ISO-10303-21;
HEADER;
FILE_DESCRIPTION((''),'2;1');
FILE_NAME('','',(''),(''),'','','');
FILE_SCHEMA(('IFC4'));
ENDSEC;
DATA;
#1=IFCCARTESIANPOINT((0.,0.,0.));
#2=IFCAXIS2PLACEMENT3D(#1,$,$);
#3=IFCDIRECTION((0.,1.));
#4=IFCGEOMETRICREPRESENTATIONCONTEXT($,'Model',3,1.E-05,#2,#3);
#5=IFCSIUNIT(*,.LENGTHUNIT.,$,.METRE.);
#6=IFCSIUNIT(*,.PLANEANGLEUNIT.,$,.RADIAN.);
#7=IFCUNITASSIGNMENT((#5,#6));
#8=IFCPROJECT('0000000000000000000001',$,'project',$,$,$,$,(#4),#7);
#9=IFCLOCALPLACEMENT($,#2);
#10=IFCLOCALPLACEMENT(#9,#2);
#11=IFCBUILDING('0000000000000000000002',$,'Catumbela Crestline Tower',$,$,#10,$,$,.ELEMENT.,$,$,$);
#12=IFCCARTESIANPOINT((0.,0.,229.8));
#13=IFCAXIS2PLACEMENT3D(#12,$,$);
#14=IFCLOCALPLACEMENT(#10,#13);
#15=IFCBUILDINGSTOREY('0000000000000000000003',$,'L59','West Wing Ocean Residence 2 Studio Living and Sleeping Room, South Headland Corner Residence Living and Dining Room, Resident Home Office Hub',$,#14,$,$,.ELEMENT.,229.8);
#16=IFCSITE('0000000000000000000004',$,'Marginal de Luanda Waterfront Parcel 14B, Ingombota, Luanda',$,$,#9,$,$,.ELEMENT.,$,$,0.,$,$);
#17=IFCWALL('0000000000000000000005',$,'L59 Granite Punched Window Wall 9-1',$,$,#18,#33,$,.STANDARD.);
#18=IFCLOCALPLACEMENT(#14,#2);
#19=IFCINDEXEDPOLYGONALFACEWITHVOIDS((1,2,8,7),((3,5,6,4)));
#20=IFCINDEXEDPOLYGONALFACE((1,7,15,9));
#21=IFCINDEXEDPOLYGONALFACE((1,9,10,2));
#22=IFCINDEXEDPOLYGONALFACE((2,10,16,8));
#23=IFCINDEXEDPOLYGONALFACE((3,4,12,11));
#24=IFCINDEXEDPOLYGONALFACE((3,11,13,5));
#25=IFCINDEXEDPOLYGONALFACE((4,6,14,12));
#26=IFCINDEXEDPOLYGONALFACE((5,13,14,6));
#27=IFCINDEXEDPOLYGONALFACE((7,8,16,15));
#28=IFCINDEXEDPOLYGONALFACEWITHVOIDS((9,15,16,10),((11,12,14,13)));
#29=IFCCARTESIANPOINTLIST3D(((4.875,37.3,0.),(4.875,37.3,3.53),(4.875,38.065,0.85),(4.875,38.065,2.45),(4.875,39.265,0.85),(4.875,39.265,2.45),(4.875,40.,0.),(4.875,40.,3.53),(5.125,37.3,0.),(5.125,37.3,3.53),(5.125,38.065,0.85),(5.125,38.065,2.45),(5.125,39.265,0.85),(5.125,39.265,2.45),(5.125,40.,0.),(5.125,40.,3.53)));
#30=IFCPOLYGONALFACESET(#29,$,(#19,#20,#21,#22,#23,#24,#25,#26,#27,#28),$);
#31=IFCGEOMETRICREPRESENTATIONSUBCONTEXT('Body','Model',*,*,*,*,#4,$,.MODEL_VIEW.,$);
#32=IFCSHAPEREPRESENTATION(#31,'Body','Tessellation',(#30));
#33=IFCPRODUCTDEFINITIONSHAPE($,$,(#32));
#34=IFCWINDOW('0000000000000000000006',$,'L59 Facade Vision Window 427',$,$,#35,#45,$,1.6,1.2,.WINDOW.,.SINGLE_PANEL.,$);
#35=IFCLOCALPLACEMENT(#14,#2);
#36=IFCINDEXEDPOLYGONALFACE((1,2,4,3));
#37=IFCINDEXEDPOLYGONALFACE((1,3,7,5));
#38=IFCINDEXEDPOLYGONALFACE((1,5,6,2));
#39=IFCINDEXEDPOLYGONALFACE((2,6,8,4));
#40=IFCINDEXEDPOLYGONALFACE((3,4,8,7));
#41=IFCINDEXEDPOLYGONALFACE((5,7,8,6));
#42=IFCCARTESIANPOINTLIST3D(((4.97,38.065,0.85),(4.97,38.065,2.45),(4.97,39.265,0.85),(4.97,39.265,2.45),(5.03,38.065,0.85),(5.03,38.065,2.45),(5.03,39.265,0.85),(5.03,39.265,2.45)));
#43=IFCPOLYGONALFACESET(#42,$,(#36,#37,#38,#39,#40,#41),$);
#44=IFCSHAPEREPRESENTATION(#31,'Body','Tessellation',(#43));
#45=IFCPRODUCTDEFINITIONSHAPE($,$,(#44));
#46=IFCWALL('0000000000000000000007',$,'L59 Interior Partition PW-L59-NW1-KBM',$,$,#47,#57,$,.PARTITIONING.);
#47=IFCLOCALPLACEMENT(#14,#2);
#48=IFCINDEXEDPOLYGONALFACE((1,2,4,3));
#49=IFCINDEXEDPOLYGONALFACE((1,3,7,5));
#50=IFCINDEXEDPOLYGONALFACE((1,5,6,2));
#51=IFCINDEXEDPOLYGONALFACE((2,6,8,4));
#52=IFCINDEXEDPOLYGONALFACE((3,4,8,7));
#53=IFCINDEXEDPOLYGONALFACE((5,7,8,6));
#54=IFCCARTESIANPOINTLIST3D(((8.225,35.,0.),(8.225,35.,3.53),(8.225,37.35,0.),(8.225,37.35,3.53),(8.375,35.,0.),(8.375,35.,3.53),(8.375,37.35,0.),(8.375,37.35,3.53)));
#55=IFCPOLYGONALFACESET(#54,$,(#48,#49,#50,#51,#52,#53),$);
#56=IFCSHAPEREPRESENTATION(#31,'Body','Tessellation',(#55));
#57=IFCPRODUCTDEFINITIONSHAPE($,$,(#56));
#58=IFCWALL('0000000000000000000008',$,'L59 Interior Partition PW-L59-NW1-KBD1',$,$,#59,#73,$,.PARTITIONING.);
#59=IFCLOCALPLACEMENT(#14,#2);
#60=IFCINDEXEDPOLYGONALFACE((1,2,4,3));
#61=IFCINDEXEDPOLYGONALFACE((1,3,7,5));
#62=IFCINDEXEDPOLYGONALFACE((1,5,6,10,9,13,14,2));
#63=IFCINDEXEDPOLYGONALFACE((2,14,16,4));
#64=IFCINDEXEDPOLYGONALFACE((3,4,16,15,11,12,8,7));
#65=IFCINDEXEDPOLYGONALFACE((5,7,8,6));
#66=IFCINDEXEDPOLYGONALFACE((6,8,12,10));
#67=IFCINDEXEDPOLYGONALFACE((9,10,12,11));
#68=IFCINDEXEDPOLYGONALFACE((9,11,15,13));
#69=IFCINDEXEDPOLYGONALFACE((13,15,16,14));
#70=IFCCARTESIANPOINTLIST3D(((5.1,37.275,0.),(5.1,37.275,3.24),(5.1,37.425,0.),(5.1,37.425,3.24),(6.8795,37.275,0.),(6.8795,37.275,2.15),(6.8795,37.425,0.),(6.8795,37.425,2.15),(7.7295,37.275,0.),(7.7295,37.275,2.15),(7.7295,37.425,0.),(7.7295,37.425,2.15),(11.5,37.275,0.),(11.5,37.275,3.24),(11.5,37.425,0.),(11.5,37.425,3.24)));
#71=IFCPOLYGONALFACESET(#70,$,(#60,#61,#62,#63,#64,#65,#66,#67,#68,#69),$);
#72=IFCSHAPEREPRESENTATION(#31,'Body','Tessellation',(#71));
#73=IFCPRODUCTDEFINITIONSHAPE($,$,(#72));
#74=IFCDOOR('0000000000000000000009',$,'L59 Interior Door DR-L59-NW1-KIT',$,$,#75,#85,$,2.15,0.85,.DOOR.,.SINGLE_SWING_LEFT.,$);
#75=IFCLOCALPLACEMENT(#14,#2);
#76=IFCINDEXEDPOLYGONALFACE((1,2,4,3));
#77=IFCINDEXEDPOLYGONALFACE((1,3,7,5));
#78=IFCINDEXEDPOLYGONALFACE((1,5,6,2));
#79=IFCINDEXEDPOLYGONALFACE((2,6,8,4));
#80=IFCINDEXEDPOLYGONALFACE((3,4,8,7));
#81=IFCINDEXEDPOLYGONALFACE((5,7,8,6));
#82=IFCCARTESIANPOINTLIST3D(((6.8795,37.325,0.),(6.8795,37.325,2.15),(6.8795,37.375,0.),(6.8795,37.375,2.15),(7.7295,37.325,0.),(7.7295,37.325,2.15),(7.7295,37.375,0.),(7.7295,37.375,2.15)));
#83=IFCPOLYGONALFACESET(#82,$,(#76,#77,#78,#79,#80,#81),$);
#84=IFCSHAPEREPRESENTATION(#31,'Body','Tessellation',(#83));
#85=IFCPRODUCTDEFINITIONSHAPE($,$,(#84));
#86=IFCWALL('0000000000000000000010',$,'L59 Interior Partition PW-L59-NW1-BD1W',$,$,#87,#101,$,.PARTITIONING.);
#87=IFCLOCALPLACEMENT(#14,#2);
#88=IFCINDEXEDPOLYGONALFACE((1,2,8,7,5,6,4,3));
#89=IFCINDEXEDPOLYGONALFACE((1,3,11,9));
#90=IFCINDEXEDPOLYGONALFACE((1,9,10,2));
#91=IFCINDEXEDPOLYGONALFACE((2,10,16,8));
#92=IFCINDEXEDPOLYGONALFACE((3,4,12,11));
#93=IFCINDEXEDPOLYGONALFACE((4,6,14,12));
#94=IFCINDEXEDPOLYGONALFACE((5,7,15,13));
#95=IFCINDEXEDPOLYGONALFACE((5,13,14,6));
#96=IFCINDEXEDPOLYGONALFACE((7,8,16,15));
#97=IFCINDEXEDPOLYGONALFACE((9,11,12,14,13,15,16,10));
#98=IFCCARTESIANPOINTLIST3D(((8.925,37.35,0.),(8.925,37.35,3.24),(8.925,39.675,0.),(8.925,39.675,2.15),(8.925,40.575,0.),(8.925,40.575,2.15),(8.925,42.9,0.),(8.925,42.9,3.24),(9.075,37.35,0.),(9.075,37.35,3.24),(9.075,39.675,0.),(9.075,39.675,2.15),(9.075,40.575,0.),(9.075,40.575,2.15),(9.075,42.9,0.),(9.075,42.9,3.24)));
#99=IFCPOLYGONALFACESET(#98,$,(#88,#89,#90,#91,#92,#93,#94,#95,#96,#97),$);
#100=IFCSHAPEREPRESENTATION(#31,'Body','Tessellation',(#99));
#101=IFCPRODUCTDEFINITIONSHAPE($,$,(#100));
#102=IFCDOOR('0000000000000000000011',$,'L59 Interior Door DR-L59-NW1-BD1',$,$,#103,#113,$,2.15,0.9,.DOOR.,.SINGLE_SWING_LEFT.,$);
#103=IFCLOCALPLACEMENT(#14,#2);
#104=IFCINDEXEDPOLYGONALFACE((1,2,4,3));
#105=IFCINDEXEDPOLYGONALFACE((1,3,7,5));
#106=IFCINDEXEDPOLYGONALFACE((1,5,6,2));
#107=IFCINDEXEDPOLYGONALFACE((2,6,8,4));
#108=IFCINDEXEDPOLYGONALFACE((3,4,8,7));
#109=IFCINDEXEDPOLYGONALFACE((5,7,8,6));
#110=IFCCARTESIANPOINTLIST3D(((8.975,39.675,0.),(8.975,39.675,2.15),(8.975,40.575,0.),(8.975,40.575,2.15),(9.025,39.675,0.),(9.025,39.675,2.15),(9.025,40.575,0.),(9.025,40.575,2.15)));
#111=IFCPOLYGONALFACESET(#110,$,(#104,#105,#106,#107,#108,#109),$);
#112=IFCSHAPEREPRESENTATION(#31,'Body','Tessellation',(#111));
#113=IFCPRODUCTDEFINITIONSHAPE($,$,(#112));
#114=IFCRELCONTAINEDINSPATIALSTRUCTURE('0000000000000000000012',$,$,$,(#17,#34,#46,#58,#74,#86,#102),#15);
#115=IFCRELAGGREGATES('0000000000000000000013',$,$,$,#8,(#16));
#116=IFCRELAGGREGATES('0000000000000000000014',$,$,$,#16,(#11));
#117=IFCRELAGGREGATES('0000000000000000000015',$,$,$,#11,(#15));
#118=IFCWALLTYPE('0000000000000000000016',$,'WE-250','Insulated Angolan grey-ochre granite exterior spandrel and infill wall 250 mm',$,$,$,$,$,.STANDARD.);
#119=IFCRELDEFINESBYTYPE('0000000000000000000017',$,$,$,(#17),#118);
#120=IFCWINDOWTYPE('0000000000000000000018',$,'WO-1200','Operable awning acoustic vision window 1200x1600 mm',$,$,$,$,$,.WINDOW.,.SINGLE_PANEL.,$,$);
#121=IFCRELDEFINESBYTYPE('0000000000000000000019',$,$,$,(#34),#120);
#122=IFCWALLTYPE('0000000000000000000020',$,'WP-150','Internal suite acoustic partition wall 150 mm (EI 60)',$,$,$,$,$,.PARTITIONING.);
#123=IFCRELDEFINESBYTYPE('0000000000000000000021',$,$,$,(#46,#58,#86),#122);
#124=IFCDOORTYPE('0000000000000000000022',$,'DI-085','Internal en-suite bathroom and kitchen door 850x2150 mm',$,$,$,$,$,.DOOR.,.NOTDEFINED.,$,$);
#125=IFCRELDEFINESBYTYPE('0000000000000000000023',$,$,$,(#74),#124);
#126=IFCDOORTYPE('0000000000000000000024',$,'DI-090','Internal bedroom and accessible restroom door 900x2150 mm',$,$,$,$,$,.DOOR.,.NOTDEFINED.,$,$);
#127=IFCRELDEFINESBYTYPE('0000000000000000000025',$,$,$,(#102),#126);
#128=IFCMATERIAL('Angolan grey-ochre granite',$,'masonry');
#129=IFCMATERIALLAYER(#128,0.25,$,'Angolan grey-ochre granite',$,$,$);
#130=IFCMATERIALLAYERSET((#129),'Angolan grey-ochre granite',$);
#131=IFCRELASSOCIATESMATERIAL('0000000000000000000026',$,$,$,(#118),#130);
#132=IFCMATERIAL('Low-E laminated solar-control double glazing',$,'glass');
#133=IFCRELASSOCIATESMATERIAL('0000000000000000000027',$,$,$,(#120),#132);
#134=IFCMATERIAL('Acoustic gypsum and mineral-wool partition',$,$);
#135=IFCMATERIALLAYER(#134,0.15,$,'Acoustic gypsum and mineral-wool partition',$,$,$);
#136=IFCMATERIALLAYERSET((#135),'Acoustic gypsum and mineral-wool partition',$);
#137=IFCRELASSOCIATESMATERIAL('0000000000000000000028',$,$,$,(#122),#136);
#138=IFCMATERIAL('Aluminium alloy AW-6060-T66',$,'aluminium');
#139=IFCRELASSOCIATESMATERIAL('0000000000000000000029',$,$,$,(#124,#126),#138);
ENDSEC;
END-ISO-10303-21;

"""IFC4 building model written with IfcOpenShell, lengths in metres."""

from ifc_helpers import new_model, si_unit, direction, frame, frame_2d, origin, place, context, subcontext, project, spatial, rectangle, extrude, material, layer, layer_set, type_object, element, fill, save


model = new_model("IFC4")

# Units and contexts
model_context = context("Model", 3, precision=1e-05, world=origin(), true_north=direction((0.0, 1.0)))
body_context = subcontext(model_context, "Body", "Model", "MODEL_VIEW")
ifc_project = project(units=[si_unit("LENGTHUNIT", "METRE"), si_unit("PLANEANGLEUNIT", "RADIAN")], contexts=[model_context])

# Site, building, storey
site_placement = place(None, origin())
site = spatial("IfcSite", under=ifc_project, at=site_placement, Name="Marginal de Luanda Waterfront Parcel 14B, Ingombota, Luanda", CompositionType="ELEMENT", RefElevation=0.0)
building_placement = place(site_placement, origin())
building = spatial("IfcBuilding", under=site, at=building_placement, Name="Catumbela Crestline Tower", CompositionType="ELEMENT")
storey_placement = place(building_placement, frame((0.0, 0.0, 229.8)))
storey = spatial("IfcBuildingStorey", under=building, at=storey_placement, Name="L59", Description="West Wing Ocean Residence 2 Studio Living and Sleeping Room, South Headland Corner Residence Living and Dining Room, Resident Home Office Hub", CompositionType="ELEMENT", Elevation=229.8)

# Shared definitions
ifc_material_1 = material(Name="Aluminium alloy AW-6060-T66", Category="aluminium")

# Shared definitions
ifc_material_2 = material(Name="Low-E laminated solar-control double glazing", Category="glass")

# Shared definitions
ifc_material_3 = material(Name="Acoustic gypsum and mineral-wool partition")

# Shared definitions
ifc_material_4 = material(Name="Angolan grey-ochre granite", Category="masonry")
ifc_layer_1 = layer(ifc_material_4, 0.25, Name="Angolan grey-ochre granite")
ifc_layer_set_1 = layer_set([ifc_layer_1], Name="Angolan grey-ochre granite")
wall_type_1 = type_object("IfcWallType", Name="WE-250", Description="Insulated Angolan grey-ochre granite exterior spandrel and infill wall 250 mm", PredefinedType="STANDARD", material=ifc_layer_set_1)
window_type = type_object("IfcWindowType", Name="WO-1200", Description="Operable awning acoustic vision window 1200x1600 mm", PartitioningType="SINGLE_PANEL", PredefinedType="WINDOW", material=ifc_material_2)

# Wall, opening, window
wall_1_placement = place(storey_placement, frame((5.0, 40.0, 0.0), z_axis=(0.0, 0.0, 1.0), x_axis=(0.0, -1.0, 0.0)))
wall_1 = element("IfcWall", 1, at=wall_1_placement, inside=storey, type_object=wall_type_1, Name="L59 Granite Punched Window Wall 9-1", PredefinedType="STANDARD", context=body_context, shape_type="SweptSolid", body=[
    extrude(rectangle(XDim=2.7, YDim=0.25, at=frame_2d((1.35, 0.0))), origin(), (0.0, 0.0, 1.0), 3.53),
])
opening_1_placement = place(wall_1_placement, frame((0.735, 0.0, 0.85)))
opening_1 = element("IfcOpeningElement", 2, at=opening_1_placement, cuts=wall_1, PredefinedType="OPENING", context=body_context, shape_type="SweptSolid", body=[
    extrude(rectangle(XDim=1.2, YDim=1.6, at=frame_2d((0.6, 0.8))), frame((0.0, 0.135, 0.0), z_axis=(0.0, -1.0, 0.0), x_axis=(1.0, 0.0, 0.0)), (0.0, 0.0, 1.0), 0.27),
])
window_1_placement = place(opening_1_placement, origin())
window_1 = element("IfcWindow", 3, at=window_1_placement, inside=storey, type_object=window_type, Name="L59 Facade Vision Window 427", OverallHeight=1.6, OverallWidth=1.2, PartitioningType="SINGLE_PANEL", PredefinedType="WINDOW", context=body_context, shape_type="SweptSolid", body=[
    extrude(rectangle(XDim=1.2, YDim=1.6, at=frame_2d((0.6, 0.8))), frame((0.0, 0.03, 0.0), z_axis=(0.0, -1.0, 0.0), x_axis=(1.0, 0.0, 0.0)), (0.0, 0.0, 1.0), 0.06),
])
fill(opening_1, window_1)

# Wall
ifc_layer_2 = layer(ifc_material_3, 0.15, Name="Acoustic gypsum and mineral-wool partition")
ifc_layer_set_2 = layer_set([ifc_layer_2], Name="Acoustic gypsum and mineral-wool partition")
wall_type_2 = type_object("IfcWallType", Name="WP-150", Description="Internal suite acoustic partition wall 150 mm (EI 60)", PredefinedType="PARTITIONING", material=ifc_layer_set_2)
wall_2_placement = place(storey_placement, frame((8.3, 35.0, 0.0), z_axis=(0.0, 0.0, 1.0), x_axis=(0.0, 1.0, 0.0)))
element("IfcWall", 4, at=wall_2_placement, inside=storey, type_object=wall_type_2, Name="L59 Interior Partition PW-L59-NW1-KBM", PredefinedType="PARTITIONING", context=body_context, shape_type="SweptSolid", body=[
    extrude(rectangle(XDim=2.35, YDim=0.15, at=frame_2d((1.175, 0.0))), origin(), (0.0, 0.0, 1.0), 3.53),
])

# Walls, openings, doors
wall_3_placement = place(storey_placement, frame((5.1, 37.35, 0.0), z_axis=(0.0, 0.0, 1.0), x_axis=(1.0, 0.0, 0.0)))
wall_3 = element("IfcWall", 5, at=wall_3_placement, inside=storey, type_object=wall_type_2, Name="L59 Interior Partition PW-L59-NW1-KBD1", PredefinedType="PARTITIONING", context=body_context, shape_type="SweptSolid", body=[
    extrude(rectangle(XDim=6.4, YDim=0.15, at=frame_2d((3.2, 0.0))), origin(), (0.0, 0.0, 1.0), 3.24),
])
opening_2_placement = place(wall_3_placement, frame((1.7795, 0.0, 0.0)))
opening_2 = element("IfcOpeningElement", 6, at=opening_2_placement, cuts=wall_3, PredefinedType="OPENING", context=body_context, shape_type="SweptSolid", body=[
    extrude(rectangle(XDim=0.85, YDim=2.15, at=frame_2d((0.425, 1.075))), frame((0.0, 0.085, 0.0), z_axis=(0.0, -1.0, 0.0), x_axis=(1.0, 0.0, 0.0)), (0.0, 0.0, 1.0), 0.17),
])
door_type_1 = type_object("IfcDoorType", Name="DI-085", Description="Internal en-suite bathroom and kitchen door 850x2150 mm", OperationType="NOTDEFINED", PredefinedType="DOOR", material=ifc_material_1)
door_1_placement = place(opening_2_placement, origin())
door_1 = element("IfcDoor", 7, at=door_1_placement, inside=storey, type_object=door_type_1, Name="L59 Interior Door DR-L59-NW1-KIT", OperationType="SINGLE_SWING_LEFT", OverallHeight=2.15, OverallWidth=0.85, PredefinedType="DOOR", context=body_context, shape_type="SweptSolid", body=[
    extrude(rectangle(XDim=0.85, YDim=2.15, at=frame_2d((0.425, 1.075))), frame((0.0, 0.025, 0.0), z_axis=(0.0, -1.0, 0.0), x_axis=(1.0, 0.0, 0.0)), (0.0, 0.0, 1.0), 0.05),
])
fill(opening_2, door_1)
wall_4_placement = place(storey_placement, frame((9.0, 37.35, 0.0), z_axis=(0.0, 0.0, 1.0), x_axis=(0.0, 1.0, 0.0)))
wall_4 = element("IfcWall", 8, at=wall_4_placement, inside=storey, type_object=wall_type_2, Name="L59 Interior Partition PW-L59-NW1-BD1W", PredefinedType="PARTITIONING", context=body_context, shape_type="SweptSolid", body=[
    extrude(rectangle(XDim=5.55, YDim=0.15, at=frame_2d((2.775, 0.0))), origin(), (0.0, 0.0, 1.0), 3.24),
])
opening_3_placement = place(wall_4_placement, frame((2.325, 0.0, 0.0)))
opening_3 = element("IfcOpeningElement", 9, at=opening_3_placement, cuts=wall_4, PredefinedType="OPENING", context=body_context, shape_type="SweptSolid", body=[
    extrude(rectangle(XDim=0.9, YDim=2.15, at=frame_2d((0.45, 1.075))), frame((0.0, 0.085, 0.0), z_axis=(0.0, -1.0, 0.0), x_axis=(1.0, 0.0, 0.0)), (0.0, 0.0, 1.0), 0.17),
])
door_type_2 = type_object("IfcDoorType", Name="DI-090", Description="Internal bedroom and accessible restroom door 900x2150 mm", OperationType="NOTDEFINED", PredefinedType="DOOR", material=ifc_material_1)
door_2_placement = place(opening_3_placement, origin())
door_2 = element("IfcDoor", 10, at=door_2_placement, inside=storey, type_object=door_type_2, Name="L59 Interior Door DR-L59-NW1-BD1", OperationType="SINGLE_SWING_LEFT", OverallHeight=2.15, OverallWidth=0.9, PredefinedType="DOOR", context=body_context, shape_type="SweptSolid", body=[
    extrude(rectangle(XDim=0.9, YDim=2.15, at=frame_2d((0.45, 1.075))), frame((0.0, 0.025, 0.0), z_axis=(0.0, -1.0, 0.0), x_axis=(1.0, 0.0, 0.0)), (0.0, 0.0, 1.0), 0.05),
])
fill(opening_3, door_2)

save(model, "model.ifc")
